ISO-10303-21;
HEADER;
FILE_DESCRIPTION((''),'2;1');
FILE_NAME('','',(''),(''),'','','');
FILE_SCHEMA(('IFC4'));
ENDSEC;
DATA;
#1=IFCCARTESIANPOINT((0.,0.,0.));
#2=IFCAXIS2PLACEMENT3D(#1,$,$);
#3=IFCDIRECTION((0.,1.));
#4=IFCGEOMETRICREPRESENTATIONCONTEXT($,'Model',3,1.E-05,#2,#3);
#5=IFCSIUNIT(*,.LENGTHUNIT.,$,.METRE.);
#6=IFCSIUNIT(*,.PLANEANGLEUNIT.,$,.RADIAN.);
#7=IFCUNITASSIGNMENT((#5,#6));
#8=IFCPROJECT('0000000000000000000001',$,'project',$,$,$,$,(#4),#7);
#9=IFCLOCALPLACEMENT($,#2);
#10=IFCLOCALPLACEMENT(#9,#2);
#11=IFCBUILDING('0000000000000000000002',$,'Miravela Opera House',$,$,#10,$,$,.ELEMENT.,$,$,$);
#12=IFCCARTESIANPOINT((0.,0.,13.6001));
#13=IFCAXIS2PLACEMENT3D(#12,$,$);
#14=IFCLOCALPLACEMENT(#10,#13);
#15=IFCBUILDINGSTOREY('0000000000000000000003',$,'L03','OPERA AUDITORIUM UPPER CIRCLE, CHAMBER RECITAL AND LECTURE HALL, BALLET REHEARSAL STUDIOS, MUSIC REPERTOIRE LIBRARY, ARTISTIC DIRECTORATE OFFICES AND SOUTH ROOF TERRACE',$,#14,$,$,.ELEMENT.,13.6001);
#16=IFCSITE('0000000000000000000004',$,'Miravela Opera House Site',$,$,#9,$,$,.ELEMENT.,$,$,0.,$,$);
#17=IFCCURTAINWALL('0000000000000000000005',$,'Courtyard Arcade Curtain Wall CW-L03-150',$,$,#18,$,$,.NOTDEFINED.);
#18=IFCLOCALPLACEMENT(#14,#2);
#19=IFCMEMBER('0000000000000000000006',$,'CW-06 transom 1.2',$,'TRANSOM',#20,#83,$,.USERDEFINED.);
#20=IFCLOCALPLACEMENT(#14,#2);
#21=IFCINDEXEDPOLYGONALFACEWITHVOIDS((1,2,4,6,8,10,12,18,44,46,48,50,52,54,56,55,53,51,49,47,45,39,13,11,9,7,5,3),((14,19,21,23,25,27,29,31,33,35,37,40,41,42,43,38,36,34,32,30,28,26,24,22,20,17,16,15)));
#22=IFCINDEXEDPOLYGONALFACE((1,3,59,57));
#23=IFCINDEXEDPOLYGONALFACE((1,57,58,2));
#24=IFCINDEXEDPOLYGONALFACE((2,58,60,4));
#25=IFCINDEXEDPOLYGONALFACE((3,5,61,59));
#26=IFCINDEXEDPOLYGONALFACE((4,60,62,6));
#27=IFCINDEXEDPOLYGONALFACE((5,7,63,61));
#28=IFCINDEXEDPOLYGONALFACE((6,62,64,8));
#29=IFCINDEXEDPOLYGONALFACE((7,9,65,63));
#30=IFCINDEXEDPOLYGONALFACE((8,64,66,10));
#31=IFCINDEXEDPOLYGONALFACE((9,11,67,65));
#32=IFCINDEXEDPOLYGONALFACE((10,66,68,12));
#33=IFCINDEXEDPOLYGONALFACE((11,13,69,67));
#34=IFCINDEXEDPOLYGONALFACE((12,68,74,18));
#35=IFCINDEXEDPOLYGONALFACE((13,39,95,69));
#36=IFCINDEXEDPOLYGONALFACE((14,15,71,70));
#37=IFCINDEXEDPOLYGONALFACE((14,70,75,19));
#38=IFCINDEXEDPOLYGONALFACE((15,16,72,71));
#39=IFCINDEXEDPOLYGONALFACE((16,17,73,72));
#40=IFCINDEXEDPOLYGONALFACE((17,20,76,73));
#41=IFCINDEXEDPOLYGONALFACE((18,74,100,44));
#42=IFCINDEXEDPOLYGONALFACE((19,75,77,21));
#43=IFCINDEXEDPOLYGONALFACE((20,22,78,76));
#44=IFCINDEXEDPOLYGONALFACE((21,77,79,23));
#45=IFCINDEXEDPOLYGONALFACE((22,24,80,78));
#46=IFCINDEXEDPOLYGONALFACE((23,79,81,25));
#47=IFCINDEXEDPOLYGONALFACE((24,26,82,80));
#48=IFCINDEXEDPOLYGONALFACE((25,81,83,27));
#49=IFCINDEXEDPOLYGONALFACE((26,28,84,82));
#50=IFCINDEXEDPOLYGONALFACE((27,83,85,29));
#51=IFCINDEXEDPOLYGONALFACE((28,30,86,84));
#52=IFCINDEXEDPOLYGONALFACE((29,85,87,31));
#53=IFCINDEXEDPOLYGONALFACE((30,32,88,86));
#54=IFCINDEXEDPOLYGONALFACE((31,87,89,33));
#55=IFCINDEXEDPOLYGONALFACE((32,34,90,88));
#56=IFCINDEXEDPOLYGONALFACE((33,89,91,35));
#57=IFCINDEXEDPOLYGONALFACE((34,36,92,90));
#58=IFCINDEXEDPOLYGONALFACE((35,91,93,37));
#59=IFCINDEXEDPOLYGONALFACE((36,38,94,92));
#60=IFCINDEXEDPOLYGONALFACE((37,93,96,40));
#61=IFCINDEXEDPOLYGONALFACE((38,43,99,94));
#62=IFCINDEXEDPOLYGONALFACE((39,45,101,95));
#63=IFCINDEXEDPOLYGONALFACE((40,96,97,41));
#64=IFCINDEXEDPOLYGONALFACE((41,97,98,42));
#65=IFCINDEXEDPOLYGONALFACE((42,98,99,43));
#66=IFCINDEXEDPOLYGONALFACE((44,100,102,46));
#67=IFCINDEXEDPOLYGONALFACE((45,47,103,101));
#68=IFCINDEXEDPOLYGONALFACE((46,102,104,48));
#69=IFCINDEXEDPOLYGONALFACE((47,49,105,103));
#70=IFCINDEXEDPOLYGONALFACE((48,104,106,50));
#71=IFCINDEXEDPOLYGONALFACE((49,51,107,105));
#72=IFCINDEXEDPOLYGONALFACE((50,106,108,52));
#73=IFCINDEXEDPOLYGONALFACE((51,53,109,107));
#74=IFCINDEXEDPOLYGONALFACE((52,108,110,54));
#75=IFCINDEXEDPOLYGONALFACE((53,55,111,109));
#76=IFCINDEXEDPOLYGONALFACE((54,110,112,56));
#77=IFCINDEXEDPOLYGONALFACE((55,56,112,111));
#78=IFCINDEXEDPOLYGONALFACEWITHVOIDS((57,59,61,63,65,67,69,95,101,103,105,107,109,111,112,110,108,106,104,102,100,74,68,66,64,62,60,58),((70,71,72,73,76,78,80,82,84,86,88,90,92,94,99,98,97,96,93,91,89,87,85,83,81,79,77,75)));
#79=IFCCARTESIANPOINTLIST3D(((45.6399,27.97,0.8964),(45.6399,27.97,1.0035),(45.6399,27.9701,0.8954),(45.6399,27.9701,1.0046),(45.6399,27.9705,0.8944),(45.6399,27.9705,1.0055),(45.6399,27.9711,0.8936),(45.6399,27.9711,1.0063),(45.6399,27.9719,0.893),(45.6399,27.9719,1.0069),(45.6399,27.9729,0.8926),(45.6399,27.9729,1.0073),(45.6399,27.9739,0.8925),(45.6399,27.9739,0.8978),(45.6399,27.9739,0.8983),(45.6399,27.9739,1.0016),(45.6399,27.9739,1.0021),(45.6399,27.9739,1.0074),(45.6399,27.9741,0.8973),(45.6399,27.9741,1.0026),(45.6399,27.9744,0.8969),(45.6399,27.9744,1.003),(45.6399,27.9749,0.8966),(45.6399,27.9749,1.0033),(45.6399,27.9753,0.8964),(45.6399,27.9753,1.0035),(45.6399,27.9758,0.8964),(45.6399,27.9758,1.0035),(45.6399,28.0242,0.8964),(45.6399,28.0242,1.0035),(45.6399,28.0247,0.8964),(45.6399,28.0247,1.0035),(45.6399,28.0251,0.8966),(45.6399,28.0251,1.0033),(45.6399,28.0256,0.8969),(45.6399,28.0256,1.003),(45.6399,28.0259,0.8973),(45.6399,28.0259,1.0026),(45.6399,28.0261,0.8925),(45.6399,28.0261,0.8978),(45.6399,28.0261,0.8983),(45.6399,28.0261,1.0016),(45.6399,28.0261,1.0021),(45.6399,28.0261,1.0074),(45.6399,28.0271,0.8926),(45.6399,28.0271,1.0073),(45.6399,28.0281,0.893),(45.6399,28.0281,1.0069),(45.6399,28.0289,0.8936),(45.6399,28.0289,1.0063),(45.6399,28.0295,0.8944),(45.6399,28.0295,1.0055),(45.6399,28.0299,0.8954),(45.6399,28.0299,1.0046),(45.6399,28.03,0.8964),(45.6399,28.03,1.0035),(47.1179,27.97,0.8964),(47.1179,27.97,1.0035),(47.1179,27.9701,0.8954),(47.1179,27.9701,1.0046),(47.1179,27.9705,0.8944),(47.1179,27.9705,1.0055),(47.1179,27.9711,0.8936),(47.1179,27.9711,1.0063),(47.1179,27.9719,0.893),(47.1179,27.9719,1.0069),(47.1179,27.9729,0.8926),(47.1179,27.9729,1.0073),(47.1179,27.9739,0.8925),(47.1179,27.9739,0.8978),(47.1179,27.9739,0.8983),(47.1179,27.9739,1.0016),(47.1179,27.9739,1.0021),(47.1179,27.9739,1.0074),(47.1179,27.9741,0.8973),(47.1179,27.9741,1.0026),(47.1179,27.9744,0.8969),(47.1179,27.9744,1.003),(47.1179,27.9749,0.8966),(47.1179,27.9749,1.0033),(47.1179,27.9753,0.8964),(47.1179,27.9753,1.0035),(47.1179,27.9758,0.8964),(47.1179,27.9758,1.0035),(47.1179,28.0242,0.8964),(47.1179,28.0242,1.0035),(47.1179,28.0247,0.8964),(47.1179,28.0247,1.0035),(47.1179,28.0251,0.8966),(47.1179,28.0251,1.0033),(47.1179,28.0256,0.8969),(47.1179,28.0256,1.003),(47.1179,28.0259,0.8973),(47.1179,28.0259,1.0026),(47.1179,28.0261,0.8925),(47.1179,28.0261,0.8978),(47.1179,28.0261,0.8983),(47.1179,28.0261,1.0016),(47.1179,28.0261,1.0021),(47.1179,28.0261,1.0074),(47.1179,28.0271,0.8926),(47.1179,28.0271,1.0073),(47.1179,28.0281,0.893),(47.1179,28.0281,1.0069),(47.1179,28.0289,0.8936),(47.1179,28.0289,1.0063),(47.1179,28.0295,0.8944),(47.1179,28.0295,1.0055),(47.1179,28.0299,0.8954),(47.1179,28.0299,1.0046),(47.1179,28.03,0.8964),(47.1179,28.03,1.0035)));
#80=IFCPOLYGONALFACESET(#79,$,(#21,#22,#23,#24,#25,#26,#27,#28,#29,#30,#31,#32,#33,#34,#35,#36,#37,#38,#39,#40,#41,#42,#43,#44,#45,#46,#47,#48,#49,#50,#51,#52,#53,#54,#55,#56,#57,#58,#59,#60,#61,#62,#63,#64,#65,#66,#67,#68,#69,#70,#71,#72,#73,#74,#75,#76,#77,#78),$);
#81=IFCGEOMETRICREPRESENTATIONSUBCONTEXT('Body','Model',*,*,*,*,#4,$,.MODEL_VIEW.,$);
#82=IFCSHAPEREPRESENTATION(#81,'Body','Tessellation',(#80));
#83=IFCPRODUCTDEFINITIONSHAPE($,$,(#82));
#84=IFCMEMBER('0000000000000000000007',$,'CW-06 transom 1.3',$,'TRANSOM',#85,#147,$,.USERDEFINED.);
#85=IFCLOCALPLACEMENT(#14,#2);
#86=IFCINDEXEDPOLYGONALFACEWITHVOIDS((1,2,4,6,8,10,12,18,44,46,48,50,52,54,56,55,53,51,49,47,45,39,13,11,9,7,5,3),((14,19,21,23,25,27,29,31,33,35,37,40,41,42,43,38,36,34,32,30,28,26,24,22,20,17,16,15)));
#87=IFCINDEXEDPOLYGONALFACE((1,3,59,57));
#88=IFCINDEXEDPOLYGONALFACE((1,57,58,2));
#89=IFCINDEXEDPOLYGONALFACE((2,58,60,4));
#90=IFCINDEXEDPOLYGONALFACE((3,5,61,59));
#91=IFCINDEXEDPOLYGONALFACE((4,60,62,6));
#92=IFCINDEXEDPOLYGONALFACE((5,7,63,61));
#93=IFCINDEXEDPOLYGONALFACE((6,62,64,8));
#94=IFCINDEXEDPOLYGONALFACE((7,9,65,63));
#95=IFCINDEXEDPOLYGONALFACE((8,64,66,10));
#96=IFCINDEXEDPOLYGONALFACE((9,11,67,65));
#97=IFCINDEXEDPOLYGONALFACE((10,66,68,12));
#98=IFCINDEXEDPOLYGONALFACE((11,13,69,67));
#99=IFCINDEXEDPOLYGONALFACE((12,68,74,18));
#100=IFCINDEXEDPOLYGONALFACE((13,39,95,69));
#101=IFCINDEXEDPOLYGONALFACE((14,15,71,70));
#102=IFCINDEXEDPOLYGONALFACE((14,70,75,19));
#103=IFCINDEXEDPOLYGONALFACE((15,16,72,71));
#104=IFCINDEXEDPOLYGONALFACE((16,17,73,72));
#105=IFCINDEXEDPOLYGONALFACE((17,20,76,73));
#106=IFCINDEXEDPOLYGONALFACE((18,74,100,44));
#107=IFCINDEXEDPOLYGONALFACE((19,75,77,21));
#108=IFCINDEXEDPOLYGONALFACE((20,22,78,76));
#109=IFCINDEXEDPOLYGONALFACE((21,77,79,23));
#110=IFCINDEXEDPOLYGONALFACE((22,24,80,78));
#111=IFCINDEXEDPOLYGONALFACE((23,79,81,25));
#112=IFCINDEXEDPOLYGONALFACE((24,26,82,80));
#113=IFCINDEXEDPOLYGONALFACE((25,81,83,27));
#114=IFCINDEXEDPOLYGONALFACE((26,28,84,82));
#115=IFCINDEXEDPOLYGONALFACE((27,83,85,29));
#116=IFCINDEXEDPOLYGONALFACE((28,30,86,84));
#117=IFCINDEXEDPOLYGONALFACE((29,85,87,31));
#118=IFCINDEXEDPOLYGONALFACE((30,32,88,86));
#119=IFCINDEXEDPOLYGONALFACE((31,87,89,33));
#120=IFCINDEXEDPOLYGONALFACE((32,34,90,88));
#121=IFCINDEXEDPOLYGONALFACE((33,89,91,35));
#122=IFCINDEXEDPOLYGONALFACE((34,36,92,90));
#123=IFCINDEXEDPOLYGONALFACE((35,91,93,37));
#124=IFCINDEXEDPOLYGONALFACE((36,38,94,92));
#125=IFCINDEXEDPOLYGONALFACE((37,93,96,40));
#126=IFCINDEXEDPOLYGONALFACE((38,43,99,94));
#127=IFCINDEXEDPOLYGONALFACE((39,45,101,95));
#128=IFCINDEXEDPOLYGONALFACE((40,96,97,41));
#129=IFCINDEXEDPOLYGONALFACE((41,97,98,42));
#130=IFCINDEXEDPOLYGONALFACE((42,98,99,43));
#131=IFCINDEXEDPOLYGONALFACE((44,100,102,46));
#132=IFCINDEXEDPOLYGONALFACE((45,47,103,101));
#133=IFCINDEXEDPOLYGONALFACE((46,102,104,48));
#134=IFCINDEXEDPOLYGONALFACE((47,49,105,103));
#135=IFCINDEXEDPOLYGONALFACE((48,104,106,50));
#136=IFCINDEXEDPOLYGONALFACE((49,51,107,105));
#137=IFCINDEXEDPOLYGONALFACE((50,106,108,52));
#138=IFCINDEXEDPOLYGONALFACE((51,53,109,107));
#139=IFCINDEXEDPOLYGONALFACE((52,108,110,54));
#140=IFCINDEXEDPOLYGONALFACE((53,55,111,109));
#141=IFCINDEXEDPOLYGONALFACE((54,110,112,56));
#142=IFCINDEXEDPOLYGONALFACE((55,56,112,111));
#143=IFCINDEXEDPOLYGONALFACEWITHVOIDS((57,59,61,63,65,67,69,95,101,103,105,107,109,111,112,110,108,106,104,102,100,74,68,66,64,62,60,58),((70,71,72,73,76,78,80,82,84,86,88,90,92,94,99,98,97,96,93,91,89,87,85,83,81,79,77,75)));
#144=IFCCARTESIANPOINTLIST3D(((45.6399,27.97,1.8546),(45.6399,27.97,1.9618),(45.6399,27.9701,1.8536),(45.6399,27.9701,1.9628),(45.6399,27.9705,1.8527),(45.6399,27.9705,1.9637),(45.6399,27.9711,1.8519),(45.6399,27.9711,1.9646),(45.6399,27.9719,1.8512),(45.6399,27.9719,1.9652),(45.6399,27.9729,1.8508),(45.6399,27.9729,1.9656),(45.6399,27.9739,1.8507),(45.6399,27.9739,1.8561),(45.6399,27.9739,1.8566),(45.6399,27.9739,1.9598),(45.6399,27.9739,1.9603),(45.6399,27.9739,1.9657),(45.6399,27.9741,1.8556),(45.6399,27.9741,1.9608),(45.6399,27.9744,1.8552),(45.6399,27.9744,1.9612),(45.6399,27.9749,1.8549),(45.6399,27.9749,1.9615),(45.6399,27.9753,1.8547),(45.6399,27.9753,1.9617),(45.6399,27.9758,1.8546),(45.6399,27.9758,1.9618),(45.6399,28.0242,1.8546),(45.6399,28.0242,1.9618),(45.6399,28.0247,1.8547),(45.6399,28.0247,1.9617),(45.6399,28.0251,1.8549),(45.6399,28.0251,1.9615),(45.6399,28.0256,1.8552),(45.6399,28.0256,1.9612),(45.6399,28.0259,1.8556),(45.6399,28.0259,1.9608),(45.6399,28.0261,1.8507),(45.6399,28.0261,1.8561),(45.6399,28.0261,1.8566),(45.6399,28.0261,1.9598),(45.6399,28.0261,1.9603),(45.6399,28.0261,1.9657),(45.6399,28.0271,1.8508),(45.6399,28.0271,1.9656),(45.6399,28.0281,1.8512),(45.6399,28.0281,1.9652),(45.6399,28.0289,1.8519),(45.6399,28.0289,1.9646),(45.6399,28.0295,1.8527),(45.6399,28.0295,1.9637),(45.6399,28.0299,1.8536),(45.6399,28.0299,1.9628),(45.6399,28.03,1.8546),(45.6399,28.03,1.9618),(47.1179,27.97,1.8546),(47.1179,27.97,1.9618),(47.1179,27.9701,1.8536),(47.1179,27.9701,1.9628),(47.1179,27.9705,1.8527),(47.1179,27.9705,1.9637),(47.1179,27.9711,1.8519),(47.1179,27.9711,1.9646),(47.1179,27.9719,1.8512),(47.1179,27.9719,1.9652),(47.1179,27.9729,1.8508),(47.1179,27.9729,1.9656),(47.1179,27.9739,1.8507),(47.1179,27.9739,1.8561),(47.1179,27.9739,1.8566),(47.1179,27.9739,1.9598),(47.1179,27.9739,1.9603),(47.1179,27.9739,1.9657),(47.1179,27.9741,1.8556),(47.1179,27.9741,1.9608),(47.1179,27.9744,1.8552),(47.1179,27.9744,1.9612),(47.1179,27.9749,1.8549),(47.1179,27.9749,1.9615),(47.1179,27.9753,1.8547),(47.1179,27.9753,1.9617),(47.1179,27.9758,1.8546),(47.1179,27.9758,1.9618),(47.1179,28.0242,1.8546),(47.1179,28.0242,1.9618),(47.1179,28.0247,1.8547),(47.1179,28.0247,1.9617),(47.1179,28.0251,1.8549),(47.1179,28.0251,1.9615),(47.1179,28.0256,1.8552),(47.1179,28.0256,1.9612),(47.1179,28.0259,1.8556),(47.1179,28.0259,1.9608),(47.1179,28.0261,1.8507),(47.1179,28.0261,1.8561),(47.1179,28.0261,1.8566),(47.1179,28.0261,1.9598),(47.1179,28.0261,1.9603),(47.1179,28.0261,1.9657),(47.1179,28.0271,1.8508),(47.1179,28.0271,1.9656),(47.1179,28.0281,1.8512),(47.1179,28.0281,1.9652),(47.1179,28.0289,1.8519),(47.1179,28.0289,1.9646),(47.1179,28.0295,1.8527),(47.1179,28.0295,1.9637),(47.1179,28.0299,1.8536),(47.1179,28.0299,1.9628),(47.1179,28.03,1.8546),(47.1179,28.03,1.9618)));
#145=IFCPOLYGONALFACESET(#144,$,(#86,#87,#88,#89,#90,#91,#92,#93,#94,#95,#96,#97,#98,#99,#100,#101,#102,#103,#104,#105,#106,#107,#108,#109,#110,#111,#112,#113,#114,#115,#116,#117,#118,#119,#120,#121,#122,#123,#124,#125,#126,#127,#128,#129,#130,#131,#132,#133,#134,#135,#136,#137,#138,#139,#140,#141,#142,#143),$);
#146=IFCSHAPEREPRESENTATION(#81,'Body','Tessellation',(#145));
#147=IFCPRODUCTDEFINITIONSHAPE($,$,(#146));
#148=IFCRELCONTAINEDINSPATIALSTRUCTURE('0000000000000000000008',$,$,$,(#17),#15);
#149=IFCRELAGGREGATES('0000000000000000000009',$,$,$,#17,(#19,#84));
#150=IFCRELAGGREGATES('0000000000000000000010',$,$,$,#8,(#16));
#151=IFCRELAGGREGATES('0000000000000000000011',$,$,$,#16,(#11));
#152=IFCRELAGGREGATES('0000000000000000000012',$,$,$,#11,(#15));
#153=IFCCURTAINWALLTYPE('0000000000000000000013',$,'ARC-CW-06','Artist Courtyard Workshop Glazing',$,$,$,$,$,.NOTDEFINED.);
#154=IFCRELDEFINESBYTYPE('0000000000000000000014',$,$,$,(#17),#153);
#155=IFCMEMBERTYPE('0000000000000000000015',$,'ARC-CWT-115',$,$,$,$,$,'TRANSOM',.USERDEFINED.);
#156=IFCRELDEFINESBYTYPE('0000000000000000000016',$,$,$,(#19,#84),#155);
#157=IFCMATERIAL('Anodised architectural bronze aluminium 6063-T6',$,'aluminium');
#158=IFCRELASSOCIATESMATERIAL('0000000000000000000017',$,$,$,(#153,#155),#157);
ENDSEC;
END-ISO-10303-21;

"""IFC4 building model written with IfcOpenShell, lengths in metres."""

from ifc_helpers import new_model, si_unit, direction, frame, origin, origin_2d, place, context, subcontext, project, spatial, hollow_rectangle, extrude, material, material_profile, profile_set, type_object, element, aggregate, save


model = new_model("IFC4")

# Units and contexts
model_context = context("Model", 3, precision=1e-05, world=origin(), true_north=direction((0.0, 1.0)))
body_context = subcontext(model_context, "Body", "Model", "MODEL_VIEW")
ifc_project = project(units=[si_unit("LENGTHUNIT", "METRE"), si_unit("PLANEANGLEUNIT", "RADIAN")], contexts=[model_context])

# Site, building, storey
site_placement = place(None, origin())
site = spatial("IfcSite", under=ifc_project, at=site_placement, Name="Miravela Opera House Site", CompositionType="ELEMENT", RefElevation=0.0)
building_placement = place(site_placement, origin())
building = spatial("IfcBuilding", under=site, at=building_placement, Name="Miravela Opera House", CompositionType="ELEMENT")
storey_placement = place(building_placement, frame((0.0, 0.0, 13.6001)))
storey = spatial("IfcBuildingStorey", under=building, at=storey_placement, Name="L03", Description="OPERA AUDITORIUM UPPER CIRCLE, CHAMBER RECITAL AND LECTURE HALL, BALLET REHEARSAL STUDIOS, MUSIC REPERTOIRE LIBRARY, ARTISTIC DIRECTORATE OFFICES AND SOUTH ROOF TERRACE", CompositionType="ELEMENT", Elevation=13.6001)

# Curtain wall
ifc_material_1 = material(Name="Anodised architectural bronze aluminium 6063-T6", Category="aluminium")
curtain_wall_type = type_object("IfcCurtainWallType", Name="ARC-CW-06", Description="Artist Courtyard Workshop Glazing", PredefinedType="NOTDEFINED", material=ifc_material_1)
curtain_wall_1_placement = place(storey_placement, origin())
curtain_wall_1 = element("IfcCurtainWall", 1, at=curtain_wall_1_placement, inside=storey, type_object=curtain_wall_type, Name="Courtyard Arcade Curtain Wall CW-L03-150", PredefinedType="NOTDEFINED")

# Members
ifc_material_profile_1 = material_profile(ifc_material_1, hollow_rectangle(XDim=0.0601, YDim=0.115, WallThickness=0.0039, InnerFilletRadius=0.002, OuterFilletRadius=0.0039, at=origin_2d()), Name="CWT-60X115")
ifc_profile_set_1 = profile_set([ifc_material_profile_1])
member_type_1 = type_object("IfcMemberType", Name="ARC-CWT-115", ElementType="TRANSOM", PredefinedType="USERDEFINED", material=ifc_profile_set_1)
member_1_placement = place(storey_placement, frame((45.6399, 28.0, 0.95), z_axis=(1.0, 0.0, 0.0), x_axis=(0.0, 1.0, 0.0)))
member_1 = element("IfcMember", 2, at=member_1_placement, type_object=member_type_1, Name="CW-06 transom 1.2", ObjectType="TRANSOM", PredefinedType="USERDEFINED", context=body_context, shape_type="SweptSolid", body=[
    extrude(hollow_rectangle(XDim=0.0601, YDim=0.115, WallThickness=0.0039, InnerFilletRadius=0.002, OuterFilletRadius=0.0039, at=origin_2d()), origin(), (0.0, 0.0, 1.0), 1.478),
])
member_2_placement = place(storey_placement, frame((45.6399, 28.0, 1.9082), z_axis=(1.0, 0.0, 0.0), x_axis=(0.0, 1.0, 0.0)))
member_2 = element("IfcMember", 3, at=member_2_placement, type_object=member_type_1, Name="CW-06 transom 1.3", ObjectType="TRANSOM", PredefinedType="USERDEFINED", context=body_context, shape_type="SweptSolid", body=[
    extrude(hollow_rectangle(XDim=0.0601, YDim=0.115, WallThickness=0.0039, InnerFilletRadius=0.002, OuterFilletRadius=0.0039, at=origin_2d()), origin(), (0.0, 0.0, 1.0), 1.478),
])

aggregate(curtain_wall_1, [member_1, member_2])

save(model, "model.ifc")
